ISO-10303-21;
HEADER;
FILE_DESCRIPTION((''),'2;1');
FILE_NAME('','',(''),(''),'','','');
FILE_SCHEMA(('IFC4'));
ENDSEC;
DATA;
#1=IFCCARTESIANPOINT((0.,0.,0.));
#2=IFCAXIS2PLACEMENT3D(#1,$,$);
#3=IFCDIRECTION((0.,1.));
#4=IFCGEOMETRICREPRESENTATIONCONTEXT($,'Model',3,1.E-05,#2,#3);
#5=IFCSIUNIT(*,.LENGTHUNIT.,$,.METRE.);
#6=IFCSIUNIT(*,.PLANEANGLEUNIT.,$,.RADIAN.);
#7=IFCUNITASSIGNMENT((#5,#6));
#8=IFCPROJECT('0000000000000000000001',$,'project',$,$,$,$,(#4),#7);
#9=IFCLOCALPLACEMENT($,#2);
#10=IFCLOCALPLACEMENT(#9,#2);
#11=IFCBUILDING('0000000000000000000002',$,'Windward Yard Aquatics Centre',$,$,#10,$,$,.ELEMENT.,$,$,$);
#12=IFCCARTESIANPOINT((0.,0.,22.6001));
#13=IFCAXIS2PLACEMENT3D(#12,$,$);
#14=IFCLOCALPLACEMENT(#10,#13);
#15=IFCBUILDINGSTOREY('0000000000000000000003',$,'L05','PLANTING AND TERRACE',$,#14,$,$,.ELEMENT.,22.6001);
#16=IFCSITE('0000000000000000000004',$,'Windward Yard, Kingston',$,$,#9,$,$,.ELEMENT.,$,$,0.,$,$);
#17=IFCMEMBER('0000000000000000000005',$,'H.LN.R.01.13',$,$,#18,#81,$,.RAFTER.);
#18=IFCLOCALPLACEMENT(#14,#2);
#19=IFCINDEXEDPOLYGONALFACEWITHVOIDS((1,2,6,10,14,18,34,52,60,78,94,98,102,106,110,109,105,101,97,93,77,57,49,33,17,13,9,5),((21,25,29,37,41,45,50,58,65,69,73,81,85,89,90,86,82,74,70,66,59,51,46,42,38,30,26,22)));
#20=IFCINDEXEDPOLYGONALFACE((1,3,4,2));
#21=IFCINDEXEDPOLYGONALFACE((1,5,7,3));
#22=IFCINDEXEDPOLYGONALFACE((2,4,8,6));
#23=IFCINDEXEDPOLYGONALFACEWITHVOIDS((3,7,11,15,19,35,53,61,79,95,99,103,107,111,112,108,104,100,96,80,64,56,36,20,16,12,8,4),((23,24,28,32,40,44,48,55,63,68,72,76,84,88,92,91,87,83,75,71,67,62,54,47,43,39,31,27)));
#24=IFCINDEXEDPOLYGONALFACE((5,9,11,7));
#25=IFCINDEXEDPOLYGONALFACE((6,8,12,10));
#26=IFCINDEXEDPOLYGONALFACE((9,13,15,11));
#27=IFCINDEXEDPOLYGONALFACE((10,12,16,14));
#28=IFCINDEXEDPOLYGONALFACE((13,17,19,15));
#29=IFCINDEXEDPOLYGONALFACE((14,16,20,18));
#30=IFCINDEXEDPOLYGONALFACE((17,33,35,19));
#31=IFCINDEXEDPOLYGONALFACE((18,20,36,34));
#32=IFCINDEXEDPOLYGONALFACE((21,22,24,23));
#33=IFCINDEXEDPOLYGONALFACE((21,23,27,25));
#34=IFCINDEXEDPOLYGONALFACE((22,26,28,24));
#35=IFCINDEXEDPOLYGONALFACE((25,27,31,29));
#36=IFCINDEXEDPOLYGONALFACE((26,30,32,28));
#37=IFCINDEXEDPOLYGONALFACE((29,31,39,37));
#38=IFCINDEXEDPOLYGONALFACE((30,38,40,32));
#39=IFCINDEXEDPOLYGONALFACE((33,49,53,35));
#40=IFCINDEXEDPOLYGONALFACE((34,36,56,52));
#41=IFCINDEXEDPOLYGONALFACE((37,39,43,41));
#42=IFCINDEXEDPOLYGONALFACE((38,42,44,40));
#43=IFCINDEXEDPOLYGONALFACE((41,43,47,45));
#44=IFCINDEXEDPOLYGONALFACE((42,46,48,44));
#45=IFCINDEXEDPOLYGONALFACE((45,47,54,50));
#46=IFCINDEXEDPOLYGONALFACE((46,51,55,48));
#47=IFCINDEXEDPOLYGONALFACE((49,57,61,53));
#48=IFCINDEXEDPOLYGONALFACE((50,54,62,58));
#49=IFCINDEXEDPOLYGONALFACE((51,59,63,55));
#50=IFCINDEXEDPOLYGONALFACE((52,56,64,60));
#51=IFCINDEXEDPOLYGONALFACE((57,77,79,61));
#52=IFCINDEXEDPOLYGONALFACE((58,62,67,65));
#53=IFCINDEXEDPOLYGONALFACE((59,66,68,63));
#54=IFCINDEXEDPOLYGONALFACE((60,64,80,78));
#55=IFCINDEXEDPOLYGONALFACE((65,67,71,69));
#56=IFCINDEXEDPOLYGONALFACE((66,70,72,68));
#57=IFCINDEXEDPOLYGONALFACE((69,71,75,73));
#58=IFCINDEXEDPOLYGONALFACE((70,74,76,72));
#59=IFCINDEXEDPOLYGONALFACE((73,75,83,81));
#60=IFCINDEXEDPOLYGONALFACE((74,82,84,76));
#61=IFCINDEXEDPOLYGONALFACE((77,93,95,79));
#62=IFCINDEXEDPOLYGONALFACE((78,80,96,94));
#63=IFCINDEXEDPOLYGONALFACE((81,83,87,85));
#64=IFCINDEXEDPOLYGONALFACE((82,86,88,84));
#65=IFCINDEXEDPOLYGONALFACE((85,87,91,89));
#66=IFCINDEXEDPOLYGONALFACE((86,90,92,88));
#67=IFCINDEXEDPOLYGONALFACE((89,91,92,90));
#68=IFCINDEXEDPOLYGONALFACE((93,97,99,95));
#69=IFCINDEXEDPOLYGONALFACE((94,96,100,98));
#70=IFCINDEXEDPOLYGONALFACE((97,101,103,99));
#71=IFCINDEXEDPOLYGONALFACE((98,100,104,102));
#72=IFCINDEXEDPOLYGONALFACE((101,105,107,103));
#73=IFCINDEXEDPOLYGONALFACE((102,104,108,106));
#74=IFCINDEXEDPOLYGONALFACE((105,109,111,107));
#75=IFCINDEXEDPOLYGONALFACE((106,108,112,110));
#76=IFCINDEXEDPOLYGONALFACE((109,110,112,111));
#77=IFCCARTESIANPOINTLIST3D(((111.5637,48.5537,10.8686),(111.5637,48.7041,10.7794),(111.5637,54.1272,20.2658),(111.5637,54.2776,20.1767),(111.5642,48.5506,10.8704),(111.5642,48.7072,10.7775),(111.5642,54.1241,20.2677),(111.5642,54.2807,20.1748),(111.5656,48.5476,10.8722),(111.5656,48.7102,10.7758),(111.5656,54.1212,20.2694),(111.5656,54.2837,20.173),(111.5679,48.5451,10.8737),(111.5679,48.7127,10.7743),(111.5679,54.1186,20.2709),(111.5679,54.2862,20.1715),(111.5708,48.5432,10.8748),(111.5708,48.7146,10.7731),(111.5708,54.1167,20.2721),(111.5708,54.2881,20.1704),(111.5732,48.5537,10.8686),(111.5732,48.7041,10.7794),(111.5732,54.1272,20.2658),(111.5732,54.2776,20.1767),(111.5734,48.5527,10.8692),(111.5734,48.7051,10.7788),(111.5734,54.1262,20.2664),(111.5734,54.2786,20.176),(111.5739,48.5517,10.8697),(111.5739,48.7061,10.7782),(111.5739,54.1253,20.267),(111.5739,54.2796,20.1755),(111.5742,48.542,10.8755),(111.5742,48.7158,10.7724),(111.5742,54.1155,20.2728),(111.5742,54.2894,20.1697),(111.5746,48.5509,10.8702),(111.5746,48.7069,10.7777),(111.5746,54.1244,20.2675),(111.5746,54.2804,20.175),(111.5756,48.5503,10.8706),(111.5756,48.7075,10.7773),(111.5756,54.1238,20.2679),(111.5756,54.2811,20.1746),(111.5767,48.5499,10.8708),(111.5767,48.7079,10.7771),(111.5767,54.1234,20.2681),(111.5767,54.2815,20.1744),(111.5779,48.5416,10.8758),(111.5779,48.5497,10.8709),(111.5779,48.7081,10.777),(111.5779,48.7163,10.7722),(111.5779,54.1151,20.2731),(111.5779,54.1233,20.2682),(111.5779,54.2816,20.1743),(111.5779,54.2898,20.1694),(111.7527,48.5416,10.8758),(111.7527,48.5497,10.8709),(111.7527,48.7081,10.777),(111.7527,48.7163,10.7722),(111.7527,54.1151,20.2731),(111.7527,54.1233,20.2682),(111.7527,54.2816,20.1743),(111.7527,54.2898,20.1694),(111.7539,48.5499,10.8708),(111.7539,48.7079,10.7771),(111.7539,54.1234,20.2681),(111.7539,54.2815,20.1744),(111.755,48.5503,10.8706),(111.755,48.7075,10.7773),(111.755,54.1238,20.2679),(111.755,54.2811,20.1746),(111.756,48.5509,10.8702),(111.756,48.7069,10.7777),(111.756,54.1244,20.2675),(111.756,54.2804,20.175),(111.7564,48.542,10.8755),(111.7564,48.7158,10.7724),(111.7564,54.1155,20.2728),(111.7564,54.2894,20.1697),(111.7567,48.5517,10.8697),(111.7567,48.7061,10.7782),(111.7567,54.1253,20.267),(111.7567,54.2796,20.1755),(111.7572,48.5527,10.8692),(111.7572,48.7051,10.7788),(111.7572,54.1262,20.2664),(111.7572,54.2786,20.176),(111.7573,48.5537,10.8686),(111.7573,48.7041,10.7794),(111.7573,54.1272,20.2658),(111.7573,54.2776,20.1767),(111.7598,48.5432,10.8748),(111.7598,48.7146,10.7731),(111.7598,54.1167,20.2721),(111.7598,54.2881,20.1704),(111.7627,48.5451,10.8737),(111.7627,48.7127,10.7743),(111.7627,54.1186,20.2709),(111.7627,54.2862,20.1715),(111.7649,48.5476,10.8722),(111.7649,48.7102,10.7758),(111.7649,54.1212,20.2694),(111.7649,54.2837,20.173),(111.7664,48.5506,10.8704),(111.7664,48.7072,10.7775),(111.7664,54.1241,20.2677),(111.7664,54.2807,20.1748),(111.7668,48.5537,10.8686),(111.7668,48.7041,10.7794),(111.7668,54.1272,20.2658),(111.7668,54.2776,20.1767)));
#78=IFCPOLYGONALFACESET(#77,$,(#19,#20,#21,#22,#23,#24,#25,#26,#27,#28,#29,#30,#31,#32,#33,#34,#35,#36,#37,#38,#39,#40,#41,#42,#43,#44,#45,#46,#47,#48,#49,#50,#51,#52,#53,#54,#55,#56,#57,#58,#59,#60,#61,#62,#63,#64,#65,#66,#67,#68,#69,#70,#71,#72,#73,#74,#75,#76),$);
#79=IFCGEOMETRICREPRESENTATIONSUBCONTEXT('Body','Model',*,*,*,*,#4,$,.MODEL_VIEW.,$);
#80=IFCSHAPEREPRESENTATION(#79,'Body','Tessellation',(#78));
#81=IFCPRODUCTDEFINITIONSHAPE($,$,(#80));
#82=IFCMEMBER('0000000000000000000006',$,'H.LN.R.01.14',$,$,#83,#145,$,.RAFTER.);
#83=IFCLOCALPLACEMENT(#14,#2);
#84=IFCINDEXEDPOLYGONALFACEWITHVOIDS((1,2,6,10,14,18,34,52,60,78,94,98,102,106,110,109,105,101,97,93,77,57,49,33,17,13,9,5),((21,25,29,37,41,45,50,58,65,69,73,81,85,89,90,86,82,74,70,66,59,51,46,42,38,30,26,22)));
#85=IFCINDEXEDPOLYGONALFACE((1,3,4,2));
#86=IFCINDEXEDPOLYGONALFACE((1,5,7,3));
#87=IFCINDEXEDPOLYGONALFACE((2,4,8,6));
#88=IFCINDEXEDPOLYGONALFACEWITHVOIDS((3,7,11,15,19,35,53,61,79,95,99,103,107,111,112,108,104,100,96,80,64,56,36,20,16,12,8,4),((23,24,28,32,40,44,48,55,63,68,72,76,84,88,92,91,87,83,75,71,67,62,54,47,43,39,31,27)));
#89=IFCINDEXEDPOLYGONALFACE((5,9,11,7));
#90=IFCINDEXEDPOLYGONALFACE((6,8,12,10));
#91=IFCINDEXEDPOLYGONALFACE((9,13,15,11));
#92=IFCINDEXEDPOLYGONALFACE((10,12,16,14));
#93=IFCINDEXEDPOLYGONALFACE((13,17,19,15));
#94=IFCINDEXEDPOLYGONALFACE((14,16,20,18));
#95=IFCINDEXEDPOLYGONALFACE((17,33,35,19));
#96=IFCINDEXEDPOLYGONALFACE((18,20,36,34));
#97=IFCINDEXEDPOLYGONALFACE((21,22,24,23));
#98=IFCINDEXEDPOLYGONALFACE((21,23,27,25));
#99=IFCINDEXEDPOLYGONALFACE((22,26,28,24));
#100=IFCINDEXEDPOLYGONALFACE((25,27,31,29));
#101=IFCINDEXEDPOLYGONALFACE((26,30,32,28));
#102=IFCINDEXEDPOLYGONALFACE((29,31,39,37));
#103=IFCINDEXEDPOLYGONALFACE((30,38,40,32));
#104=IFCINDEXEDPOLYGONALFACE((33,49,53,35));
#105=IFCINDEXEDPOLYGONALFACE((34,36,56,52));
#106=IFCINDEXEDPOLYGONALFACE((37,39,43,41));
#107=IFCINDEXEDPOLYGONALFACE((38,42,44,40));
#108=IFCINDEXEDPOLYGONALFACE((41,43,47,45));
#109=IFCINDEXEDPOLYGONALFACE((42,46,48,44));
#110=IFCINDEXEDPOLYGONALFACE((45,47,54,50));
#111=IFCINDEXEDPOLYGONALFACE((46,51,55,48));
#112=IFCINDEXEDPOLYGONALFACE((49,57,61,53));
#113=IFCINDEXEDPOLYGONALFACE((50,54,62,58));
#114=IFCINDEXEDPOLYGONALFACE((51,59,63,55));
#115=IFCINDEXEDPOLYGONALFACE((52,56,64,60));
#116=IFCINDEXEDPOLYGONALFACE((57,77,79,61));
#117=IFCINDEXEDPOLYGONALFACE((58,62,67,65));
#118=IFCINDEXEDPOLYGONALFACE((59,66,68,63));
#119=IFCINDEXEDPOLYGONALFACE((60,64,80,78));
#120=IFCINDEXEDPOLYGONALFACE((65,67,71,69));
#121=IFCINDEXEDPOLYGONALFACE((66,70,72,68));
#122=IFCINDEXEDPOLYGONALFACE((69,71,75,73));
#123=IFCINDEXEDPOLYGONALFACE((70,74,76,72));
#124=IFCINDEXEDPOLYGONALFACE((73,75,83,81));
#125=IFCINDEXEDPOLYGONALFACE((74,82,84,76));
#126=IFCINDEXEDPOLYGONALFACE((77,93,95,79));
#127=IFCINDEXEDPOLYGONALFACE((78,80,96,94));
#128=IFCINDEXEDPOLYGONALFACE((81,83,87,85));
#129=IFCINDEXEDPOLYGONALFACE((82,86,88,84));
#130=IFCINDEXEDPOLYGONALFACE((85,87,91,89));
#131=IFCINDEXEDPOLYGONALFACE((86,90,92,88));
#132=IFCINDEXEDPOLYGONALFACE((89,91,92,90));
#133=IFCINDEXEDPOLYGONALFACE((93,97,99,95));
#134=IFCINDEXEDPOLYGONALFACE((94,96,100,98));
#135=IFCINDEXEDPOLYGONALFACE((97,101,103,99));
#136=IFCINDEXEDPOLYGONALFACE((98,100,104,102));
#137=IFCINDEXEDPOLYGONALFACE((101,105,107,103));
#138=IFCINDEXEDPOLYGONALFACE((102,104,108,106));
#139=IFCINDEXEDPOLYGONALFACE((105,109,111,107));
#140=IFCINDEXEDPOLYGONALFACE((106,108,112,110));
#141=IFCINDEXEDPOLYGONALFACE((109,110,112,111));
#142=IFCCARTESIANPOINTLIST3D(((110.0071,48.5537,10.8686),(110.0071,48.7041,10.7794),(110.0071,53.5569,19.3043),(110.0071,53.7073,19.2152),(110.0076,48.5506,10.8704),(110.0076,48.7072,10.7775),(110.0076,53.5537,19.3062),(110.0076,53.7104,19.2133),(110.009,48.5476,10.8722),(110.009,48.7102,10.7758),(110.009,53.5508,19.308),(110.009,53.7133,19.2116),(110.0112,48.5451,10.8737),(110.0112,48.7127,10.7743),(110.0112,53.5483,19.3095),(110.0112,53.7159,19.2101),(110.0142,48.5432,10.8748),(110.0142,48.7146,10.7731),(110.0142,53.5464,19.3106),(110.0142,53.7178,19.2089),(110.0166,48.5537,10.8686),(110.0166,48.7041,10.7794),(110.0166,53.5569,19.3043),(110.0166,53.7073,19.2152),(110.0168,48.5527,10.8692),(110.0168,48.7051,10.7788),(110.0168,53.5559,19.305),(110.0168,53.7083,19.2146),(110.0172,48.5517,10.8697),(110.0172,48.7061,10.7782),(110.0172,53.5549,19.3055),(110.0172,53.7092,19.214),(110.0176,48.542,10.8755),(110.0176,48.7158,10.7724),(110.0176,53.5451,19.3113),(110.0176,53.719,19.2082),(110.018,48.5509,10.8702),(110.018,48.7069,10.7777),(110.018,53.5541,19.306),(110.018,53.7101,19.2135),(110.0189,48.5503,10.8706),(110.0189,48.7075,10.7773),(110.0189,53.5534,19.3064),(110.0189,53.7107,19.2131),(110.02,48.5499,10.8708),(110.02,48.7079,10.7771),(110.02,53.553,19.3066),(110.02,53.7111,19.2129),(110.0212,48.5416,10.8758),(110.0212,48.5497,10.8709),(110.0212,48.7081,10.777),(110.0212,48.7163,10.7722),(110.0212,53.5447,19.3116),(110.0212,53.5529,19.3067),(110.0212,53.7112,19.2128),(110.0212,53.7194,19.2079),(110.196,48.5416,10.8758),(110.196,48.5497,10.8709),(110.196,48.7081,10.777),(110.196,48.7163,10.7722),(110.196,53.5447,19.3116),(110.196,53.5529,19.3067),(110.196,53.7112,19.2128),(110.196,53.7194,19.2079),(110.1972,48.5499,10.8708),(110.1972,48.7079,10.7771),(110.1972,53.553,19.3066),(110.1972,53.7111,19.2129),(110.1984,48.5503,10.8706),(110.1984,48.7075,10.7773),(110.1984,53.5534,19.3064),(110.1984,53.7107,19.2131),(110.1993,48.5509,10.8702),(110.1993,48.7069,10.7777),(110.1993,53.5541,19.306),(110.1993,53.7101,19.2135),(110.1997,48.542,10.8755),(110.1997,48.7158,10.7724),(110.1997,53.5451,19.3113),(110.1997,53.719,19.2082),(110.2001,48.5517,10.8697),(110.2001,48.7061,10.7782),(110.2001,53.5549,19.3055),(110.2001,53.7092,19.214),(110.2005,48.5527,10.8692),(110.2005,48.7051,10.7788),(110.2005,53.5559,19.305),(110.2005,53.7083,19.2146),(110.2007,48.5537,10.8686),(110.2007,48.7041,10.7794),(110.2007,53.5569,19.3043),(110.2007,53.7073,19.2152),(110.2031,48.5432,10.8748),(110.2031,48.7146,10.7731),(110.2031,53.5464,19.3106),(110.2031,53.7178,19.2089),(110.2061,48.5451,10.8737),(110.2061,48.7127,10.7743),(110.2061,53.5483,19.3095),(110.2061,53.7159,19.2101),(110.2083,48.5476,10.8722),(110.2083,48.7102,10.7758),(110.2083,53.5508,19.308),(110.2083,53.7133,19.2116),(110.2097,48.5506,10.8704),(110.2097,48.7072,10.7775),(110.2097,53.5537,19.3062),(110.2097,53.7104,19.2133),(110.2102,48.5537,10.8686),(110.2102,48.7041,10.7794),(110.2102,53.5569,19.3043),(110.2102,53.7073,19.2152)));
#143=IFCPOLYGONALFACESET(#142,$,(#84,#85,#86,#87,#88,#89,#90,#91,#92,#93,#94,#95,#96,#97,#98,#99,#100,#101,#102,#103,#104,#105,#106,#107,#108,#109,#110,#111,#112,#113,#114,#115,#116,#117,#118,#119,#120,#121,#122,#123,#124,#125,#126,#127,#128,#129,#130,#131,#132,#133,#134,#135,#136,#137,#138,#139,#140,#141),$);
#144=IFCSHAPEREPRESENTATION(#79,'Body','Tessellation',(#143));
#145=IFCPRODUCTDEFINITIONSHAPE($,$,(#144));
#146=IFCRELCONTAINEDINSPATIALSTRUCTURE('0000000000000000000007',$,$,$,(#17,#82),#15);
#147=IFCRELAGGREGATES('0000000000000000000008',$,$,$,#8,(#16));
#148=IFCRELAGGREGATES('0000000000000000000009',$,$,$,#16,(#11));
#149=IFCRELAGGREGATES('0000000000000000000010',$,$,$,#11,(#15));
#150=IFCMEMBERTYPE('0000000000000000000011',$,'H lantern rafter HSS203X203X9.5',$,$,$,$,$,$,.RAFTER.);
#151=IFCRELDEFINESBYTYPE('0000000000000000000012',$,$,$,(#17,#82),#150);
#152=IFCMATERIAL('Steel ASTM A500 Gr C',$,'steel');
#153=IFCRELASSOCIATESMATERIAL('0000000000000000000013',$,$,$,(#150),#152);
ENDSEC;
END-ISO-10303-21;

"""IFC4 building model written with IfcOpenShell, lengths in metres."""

from ifc_helpers import new_model, si_unit, direction, frame, origin, origin_2d, place, context, subcontext, project, spatial, hollow_rectangle, extrude, material, material_profile, profile_set, type_object, element, save


model = new_model("IFC4")

# Units and contexts
model_context = context("Model", 3, precision=1e-05, world=origin(), true_north=direction((0.0, 1.0)))
body_context = subcontext(model_context, "Body", "Model", "MODEL_VIEW")
ifc_project = project(units=[si_unit("LENGTHUNIT", "METRE"), si_unit("PLANEANGLEUNIT", "RADIAN")], contexts=[model_context])

# Site, building, storey
site_placement = place(None, origin())
site = spatial("IfcSite", under=ifc_project, at=site_placement, Name="Windward Yard, Kingston", CompositionType="ELEMENT", RefElevation=0.0)
building_placement = place(site_placement, origin())
building = spatial("IfcBuilding", under=site, at=building_placement, Name="Windward Yard Aquatics Centre", CompositionType="ELEMENT")
storey_placement = place(building_placement, frame((0.0, 0.0, 22.6001)))
storey = spatial("IfcBuildingStorey", under=building, at=storey_placement, Name="L05", Description="PLANTING AND TERRACE", CompositionType="ELEMENT", Elevation=22.6001)

# Members
ifc_material_1 = material(Name="Steel ASTM A500 Gr C", Category="steel")
ifc_material_profile_1 = material_profile(ifc_material_1, hollow_rectangle(XDim=0.2031, YDim=0.2031, WallThickness=0.0095, InnerFilletRadius=0.0046, OuterFilletRadius=0.0142, at=origin_2d()), Name="HSS203X203X9.5")
ifc_profile_set_1 = profile_set([ifc_material_profile_1], Name="Steel ASTM A500 Gr C")
member_type_1 = type_object("IfcMemberType", Name="H lantern rafter HSS203X203X9.5", PredefinedType="RAFTER", material=ifc_profile_set_1)
member_1_placement = place(storey_placement, frame((111.6653, 48.6289, 10.824), z_axis=(0.0, 0.510125, 0.8601), x_axis=(-1.0, 0.0, 0.0)))
element("IfcMember", 1, at=member_1_placement, inside=storey, type_object=member_type_1, Name="H.LN.R.01.13", PredefinedType="RAFTER", context=body_context, shape_type="SweptSolid", body=[
    extrude(hollow_rectangle(XDim=0.2031, YDim=0.2031, WallThickness=0.0095, InnerFilletRadius=0.0046, OuterFilletRadius=0.0142, at=origin_2d()), origin(), (0.0, 0.0, 1.0), 10.9258),
])
member_2_placement = place(storey_placement, frame((110.1086, 48.6289, 10.824), z_axis=(0.0, 0.510118, 0.860104), x_axis=(-1.0, 0.0, 0.0)))
element("IfcMember", 2, at=member_2_placement, inside=storey, type_object=member_type_1, Name="H.LN.R.01.14", PredefinedType="RAFTER", context=body_context, shape_type="SweptSolid", body=[
    extrude(hollow_rectangle(XDim=0.2031, YDim=0.2031, WallThickness=0.0095, InnerFilletRadius=0.0046, OuterFilletRadius=0.0142, at=origin_2d()), origin(), (0.0, 0.0, 1.0), 9.8079),
])

save(model, "model.ifc")
